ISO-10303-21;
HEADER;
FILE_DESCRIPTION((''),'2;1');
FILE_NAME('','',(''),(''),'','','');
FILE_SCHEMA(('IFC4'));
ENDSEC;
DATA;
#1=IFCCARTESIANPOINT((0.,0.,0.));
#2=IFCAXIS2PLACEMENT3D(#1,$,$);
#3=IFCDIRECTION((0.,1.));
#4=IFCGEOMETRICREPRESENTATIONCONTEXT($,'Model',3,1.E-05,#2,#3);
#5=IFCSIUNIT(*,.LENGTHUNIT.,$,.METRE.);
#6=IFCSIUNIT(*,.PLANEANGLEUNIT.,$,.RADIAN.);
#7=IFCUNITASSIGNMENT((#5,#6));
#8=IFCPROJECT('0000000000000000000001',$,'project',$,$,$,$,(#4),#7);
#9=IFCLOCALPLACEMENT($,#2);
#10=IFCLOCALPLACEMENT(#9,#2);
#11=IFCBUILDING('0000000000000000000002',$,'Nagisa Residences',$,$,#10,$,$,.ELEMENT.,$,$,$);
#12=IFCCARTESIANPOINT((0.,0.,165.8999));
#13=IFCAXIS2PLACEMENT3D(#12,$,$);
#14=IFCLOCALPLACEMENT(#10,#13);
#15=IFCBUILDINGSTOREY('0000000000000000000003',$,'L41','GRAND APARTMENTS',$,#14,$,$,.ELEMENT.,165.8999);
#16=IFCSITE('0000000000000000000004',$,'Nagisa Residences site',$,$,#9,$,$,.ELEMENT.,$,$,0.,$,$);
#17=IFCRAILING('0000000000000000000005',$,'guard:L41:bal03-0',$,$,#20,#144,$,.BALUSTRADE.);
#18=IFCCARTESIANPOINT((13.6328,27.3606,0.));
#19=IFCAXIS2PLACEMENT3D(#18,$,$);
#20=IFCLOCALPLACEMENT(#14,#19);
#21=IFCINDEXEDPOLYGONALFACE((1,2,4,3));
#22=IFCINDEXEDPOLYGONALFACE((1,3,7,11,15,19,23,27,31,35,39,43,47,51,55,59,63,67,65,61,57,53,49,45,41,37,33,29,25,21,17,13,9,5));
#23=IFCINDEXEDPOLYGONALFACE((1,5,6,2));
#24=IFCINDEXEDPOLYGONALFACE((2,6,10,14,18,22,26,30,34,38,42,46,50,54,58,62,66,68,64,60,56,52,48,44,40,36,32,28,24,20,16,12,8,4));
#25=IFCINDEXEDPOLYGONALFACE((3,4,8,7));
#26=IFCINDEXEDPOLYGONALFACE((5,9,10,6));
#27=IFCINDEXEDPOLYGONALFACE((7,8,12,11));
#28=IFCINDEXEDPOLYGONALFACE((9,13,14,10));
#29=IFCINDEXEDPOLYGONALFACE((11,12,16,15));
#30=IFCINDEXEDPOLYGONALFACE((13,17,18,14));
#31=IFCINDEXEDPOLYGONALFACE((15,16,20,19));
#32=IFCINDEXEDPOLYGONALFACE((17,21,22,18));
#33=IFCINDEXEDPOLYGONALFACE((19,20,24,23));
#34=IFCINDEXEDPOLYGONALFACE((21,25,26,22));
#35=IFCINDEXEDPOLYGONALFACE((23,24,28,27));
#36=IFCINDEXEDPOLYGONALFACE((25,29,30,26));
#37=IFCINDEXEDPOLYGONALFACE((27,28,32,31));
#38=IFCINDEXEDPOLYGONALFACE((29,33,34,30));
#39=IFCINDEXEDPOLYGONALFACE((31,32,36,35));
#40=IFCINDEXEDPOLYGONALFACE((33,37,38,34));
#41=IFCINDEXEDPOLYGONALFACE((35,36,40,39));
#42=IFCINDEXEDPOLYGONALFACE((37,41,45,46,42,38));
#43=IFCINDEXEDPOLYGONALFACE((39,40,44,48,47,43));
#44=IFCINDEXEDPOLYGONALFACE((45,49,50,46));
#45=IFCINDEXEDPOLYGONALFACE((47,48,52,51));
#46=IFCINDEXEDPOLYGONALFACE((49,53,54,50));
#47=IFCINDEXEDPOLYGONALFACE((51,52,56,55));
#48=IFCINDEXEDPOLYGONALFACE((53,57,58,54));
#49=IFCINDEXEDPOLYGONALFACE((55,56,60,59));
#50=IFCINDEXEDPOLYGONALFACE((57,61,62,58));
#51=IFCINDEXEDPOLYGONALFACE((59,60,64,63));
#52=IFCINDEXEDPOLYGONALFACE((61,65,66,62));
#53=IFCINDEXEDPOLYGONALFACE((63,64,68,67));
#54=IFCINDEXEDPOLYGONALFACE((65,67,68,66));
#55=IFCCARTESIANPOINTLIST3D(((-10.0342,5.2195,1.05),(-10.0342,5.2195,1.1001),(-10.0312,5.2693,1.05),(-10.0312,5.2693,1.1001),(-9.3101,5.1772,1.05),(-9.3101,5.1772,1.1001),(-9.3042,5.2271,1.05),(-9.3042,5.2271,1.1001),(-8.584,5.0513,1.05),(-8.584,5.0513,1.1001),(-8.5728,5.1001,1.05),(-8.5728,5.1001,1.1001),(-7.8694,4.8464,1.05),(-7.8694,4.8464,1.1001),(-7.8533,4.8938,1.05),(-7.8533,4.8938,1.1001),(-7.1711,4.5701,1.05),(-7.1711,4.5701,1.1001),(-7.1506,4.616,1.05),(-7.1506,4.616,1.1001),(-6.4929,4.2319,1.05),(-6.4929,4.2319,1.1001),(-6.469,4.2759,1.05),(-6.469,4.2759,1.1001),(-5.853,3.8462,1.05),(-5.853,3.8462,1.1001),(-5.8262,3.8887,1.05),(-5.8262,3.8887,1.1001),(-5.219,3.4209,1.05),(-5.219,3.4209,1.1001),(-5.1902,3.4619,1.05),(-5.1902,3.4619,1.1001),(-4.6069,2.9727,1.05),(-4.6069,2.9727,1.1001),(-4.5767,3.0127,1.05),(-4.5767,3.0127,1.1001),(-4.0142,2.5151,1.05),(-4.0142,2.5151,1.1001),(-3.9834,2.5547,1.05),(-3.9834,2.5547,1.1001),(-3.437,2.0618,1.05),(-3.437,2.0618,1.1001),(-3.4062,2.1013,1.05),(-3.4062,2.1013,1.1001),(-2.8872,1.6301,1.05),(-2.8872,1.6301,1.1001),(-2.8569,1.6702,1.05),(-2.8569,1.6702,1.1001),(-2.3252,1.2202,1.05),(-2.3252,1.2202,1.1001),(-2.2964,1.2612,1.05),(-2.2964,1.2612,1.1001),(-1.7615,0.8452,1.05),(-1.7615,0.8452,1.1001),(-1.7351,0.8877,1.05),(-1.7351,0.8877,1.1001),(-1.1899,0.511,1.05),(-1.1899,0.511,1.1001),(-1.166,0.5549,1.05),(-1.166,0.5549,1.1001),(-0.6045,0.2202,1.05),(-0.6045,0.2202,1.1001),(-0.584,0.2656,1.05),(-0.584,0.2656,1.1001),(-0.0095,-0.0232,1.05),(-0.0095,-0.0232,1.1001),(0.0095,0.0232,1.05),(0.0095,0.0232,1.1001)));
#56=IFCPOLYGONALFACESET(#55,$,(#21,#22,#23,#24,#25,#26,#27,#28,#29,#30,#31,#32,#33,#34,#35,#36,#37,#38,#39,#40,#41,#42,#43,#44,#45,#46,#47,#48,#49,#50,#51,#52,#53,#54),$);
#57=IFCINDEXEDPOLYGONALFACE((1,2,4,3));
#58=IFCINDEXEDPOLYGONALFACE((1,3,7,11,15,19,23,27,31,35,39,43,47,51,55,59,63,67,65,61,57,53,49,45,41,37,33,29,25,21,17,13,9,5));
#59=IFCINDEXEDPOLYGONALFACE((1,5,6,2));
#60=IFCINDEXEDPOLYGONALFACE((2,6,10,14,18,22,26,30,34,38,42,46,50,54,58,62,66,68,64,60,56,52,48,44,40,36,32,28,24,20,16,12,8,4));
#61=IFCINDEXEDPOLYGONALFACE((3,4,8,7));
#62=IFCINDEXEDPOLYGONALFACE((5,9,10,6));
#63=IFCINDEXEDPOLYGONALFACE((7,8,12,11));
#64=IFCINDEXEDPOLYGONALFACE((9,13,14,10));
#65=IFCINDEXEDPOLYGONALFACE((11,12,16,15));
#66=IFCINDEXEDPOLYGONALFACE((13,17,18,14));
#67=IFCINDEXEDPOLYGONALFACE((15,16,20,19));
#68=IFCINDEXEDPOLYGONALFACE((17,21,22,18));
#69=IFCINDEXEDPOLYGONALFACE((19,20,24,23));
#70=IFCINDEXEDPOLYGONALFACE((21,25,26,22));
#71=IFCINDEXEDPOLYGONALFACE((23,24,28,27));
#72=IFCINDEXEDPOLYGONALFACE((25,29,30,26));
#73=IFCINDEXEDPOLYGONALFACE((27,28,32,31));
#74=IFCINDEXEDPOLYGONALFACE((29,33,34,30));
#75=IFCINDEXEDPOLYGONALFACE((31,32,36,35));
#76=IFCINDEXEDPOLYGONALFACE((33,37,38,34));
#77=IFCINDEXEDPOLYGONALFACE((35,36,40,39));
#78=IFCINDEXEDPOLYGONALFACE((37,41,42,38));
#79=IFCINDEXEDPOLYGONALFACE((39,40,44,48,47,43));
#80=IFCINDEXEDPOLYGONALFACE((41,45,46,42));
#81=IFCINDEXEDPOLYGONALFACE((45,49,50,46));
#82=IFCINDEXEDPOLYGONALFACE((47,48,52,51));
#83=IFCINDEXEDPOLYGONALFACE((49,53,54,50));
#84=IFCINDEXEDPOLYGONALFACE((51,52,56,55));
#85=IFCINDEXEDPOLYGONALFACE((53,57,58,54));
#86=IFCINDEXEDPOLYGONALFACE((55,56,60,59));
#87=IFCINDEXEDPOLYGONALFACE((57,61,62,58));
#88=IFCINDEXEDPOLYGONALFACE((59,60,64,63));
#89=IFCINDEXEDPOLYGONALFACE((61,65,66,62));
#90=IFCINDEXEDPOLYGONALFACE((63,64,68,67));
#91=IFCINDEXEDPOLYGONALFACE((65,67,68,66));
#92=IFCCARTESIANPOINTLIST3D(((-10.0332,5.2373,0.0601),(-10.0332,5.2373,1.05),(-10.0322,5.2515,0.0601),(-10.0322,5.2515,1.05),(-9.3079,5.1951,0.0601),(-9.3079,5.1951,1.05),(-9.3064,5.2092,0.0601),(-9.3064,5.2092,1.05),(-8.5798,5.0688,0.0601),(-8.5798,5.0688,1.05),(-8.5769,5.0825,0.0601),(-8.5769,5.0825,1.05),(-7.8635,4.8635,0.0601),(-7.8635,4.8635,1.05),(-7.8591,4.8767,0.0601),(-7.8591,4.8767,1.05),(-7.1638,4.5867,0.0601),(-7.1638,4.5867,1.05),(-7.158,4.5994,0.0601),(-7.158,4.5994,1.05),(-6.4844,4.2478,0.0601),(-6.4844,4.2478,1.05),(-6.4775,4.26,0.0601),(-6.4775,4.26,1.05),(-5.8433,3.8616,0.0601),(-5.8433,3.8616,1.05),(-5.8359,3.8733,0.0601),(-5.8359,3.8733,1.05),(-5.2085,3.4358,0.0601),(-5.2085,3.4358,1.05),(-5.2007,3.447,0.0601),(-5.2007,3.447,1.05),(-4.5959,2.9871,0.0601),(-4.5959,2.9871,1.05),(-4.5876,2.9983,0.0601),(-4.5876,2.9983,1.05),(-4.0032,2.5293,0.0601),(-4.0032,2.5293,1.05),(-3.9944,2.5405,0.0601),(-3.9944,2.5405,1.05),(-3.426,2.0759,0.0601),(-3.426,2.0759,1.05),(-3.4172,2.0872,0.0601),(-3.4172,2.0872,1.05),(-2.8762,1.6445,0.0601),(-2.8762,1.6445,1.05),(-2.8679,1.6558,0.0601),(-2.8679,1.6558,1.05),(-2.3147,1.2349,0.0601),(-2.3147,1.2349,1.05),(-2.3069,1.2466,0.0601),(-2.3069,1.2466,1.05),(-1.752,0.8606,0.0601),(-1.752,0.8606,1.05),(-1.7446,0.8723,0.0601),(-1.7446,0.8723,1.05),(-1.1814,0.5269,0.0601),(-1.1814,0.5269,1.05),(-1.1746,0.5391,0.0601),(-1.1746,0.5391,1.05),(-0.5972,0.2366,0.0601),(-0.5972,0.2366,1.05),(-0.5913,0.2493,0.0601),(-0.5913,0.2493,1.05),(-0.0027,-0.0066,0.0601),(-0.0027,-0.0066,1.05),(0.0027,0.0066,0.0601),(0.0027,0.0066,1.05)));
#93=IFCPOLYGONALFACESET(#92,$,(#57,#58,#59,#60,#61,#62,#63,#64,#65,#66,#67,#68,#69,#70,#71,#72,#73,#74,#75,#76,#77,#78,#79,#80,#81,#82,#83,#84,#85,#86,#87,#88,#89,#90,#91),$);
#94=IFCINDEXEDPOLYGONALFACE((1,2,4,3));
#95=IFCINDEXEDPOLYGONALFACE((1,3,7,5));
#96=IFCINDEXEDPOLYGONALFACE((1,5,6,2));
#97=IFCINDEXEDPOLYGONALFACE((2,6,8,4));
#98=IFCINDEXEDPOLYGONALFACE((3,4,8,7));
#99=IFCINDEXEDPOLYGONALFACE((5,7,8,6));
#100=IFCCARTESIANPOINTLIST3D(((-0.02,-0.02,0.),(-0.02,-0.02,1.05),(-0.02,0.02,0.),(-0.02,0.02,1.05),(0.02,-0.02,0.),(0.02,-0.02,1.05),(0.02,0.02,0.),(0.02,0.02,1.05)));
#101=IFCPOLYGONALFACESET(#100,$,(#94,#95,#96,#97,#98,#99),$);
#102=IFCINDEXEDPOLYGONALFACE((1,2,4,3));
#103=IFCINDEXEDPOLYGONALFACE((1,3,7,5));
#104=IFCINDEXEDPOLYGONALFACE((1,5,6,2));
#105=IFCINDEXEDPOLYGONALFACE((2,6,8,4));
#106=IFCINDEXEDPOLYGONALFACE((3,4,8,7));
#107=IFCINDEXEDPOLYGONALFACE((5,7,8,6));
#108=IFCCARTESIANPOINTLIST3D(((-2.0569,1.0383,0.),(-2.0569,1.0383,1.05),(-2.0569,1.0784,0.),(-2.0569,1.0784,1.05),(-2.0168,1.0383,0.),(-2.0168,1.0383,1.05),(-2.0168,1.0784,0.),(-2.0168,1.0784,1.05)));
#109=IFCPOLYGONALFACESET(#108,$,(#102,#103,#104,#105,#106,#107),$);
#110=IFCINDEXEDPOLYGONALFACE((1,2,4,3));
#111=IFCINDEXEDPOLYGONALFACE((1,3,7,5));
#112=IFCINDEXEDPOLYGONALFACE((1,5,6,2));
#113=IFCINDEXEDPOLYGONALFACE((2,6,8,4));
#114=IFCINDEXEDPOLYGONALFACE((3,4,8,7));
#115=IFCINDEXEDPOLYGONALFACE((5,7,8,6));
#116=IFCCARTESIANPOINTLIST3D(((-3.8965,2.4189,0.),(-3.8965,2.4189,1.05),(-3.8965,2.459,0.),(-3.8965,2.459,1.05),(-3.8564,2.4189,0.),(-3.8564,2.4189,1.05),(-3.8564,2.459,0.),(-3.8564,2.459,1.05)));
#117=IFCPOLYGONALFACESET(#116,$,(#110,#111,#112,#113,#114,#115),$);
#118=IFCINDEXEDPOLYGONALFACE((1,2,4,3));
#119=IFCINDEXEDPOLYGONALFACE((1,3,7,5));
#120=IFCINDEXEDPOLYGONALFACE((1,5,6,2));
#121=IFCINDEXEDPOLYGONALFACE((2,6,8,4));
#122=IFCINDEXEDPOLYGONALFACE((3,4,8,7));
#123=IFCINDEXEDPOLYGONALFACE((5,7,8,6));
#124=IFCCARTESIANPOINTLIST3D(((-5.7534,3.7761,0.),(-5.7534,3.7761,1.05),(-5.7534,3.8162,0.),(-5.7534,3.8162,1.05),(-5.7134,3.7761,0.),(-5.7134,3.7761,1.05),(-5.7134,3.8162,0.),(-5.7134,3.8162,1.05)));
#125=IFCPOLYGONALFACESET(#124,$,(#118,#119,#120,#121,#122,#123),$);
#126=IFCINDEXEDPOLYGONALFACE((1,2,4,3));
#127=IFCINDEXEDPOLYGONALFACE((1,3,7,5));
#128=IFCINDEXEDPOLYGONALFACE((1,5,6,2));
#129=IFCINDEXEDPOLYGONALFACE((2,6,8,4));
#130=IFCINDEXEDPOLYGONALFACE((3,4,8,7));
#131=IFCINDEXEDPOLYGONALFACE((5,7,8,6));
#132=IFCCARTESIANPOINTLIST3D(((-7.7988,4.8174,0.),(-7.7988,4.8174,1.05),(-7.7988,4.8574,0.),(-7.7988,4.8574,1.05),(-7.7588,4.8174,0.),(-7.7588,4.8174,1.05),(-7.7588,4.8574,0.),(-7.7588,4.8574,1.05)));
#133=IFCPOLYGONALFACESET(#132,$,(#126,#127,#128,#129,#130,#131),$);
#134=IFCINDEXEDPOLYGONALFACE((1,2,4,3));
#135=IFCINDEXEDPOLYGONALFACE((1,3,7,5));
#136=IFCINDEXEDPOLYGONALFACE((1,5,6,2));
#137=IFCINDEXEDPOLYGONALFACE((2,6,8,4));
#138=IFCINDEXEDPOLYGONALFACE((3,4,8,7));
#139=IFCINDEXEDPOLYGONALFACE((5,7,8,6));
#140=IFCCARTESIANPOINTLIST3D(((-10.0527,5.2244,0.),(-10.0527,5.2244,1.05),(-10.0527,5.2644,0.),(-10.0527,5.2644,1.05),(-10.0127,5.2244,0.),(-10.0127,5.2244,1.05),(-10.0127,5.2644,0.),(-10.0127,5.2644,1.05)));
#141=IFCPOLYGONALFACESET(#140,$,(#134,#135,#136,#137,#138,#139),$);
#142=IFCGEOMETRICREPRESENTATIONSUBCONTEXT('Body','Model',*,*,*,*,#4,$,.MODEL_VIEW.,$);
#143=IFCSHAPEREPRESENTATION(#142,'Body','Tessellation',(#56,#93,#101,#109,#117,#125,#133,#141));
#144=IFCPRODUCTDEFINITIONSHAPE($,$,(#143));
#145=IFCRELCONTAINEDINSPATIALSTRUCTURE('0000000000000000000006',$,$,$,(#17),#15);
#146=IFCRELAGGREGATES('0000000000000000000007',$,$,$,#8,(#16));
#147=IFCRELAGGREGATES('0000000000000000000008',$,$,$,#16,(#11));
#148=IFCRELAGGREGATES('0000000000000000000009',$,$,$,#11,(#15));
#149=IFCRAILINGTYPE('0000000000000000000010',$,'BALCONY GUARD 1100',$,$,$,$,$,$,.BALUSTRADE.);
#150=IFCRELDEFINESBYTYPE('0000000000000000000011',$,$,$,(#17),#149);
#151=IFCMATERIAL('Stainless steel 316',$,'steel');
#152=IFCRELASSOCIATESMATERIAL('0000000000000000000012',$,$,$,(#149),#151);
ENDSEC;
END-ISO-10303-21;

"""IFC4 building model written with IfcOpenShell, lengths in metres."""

from ifc_helpers import new_model, si_unit, direction, frame, origin, origin_2d, place, context, subcontext, project, spatial, polyline, rectangle, outline, extrude, material, type_object, element, save


model = new_model("IFC4")

# Units and contexts
model_context = context("Model", 3, precision=1e-05, world=origin(), true_north=direction((0.0, 1.0)))
body_context = subcontext(model_context, "Body", "Model", "MODEL_VIEW")
ifc_project = project(units=[si_unit("LENGTHUNIT", "METRE"), si_unit("PLANEANGLEUNIT", "RADIAN")], contexts=[model_context])

# Site, building, storey
site_placement = place(None, origin())
site = spatial("IfcSite", under=ifc_project, at=site_placement, Name="Nagisa Residences site", CompositionType="ELEMENT", RefElevation=0.0)
building_placement = place(site_placement, origin())
building = spatial("IfcBuilding", under=site, at=building_placement, Name="Nagisa Residences", CompositionType="ELEMENT")
storey_placement = place(building_placement, frame((0.0, 0.0, 165.8999)))
storey = spatial("IfcBuildingStorey", under=building, at=storey_placement, Name="L41", Description="GRAND APARTMENTS", CompositionType="ELEMENT", Elevation=165.8999)

# Railing
ifc_material_1 = material(Name="Stainless steel 316", Category="steel")
railing_type = type_object("IfcRailingType", Name="BALCONY GUARD 1100", PredefinedType="BALUSTRADE", material=ifc_material_1)
railing_1_placement = place(storey_placement, frame((13.6328, 27.3606, 0.0)))
element("IfcRailing", 1, at=railing_1_placement, inside=storey, type_object=railing_type, Name="guard:L41:bal03-0", PredefinedType="BALUSTRADE", context=body_context, shape_type="SweptSolid", body=[
    extrude(outline(polyline([(-0.6045, 0.2202), (-0.0095, -0.0232), (0.0095, 0.0232), (-0.584, 0.2656), (-1.166, 0.5549), (-1.7351, 0.8877), (-2.2964, 1.2612), (-2.8569, 1.6702), (-3.4062, 2.1013), (-3.9834, 2.5547), (-4.5767, 3.0127), (-5.1902, 3.4619), (-5.8262, 3.8887), (-6.469, 4.2759), (-7.1506, 4.616), (-7.8533, 4.8938), (-8.5728, 5.1001), (-9.3042, 5.2271), (-10.0312, 5.2693), (-10.0342, 5.2195), (-9.3101, 5.1772), (-8.584, 5.0513), (-7.8694, 4.8464), (-7.1711, 4.5701), (-6.4929, 4.2319), (-5.853, 3.8462), (-5.219, 3.4209), (-4.6069, 2.9727), (-4.0142, 2.5151), (-3.437, 2.0618), (-2.8872, 1.6301), (-2.3252, 1.2202), (-1.7615, 0.8452), (-1.1899, 0.511), (-0.6045, 0.2202)])), frame((0.0, 0.0, 1.05)), (0.0, 0.0, 1.0), 0.05),
    extrude(outline(polyline([(-0.5972, 0.2366), (-0.0027, -0.0066), (0.0027, 0.0066), (-0.5913, 0.2493), (-1.1746, 0.5391), (-1.7446, 0.8723), (-2.3069, 1.2466), (-2.8679, 1.6558), (-3.4172, 2.0872), (-3.9944, 2.5405), (-4.5876, 2.9983), (-5.2007, 3.447), (-5.8359, 3.8733), (-6.4775, 4.26), (-7.158, 4.5994), (-7.8591, 4.8767), (-8.5769, 5.0825), (-9.3064, 5.2092), (-10.0322, 5.2515), (-10.0332, 5.2373), (-9.3079, 5.1951), (-8.5798, 5.0688), (-7.8635, 4.8635), (-7.1638, 4.5867), (-6.4844, 4.2478), (-5.8433, 3.8616), (-5.2085, 3.4358), (-4.5959, 2.9871), (-4.0032, 2.5293), (-3.426, 2.0759), (-2.8762, 1.6445), (-2.3147, 1.2349), (-1.752, 0.8606), (-1.1814, 0.5269), (-0.5972, 0.2366)])), frame((0.0, 0.0, 0.0601)), (0.0, 0.0, 1.0), 0.99),
    extrude(rectangle(XDim=0.04, YDim=0.04, at=origin_2d()), origin(), (0.0, 0.0, 1.0), 1.05),
    extrude(rectangle(XDim=0.04, YDim=0.04, at=origin_2d()), frame((-2.0369, 1.0583, 0.0)), (0.0, 0.0, 1.0), 1.05),
    extrude(rectangle(XDim=0.04, YDim=0.04, at=origin_2d()), frame((-3.8765, 2.439, 0.0)), (0.0, 0.0, 1.0), 1.05),
    extrude(rectangle(XDim=0.04, YDim=0.04, at=origin_2d()), frame((-5.7334, 3.7961, 0.0)), (0.0, 0.0, 1.0), 1.05),
    extrude(rectangle(XDim=0.04, YDim=0.04, at=origin_2d()), frame((-7.7788, 4.8374, 0.0)), (0.0, 0.0, 1.0), 1.05),
    extrude(rectangle(XDim=0.04, YDim=0.04, at=origin_2d()), frame((-10.0327, 5.2444, 0.0)), (0.0, 0.0, 1.0), 1.05),
])

save(model, "model.ifc")
